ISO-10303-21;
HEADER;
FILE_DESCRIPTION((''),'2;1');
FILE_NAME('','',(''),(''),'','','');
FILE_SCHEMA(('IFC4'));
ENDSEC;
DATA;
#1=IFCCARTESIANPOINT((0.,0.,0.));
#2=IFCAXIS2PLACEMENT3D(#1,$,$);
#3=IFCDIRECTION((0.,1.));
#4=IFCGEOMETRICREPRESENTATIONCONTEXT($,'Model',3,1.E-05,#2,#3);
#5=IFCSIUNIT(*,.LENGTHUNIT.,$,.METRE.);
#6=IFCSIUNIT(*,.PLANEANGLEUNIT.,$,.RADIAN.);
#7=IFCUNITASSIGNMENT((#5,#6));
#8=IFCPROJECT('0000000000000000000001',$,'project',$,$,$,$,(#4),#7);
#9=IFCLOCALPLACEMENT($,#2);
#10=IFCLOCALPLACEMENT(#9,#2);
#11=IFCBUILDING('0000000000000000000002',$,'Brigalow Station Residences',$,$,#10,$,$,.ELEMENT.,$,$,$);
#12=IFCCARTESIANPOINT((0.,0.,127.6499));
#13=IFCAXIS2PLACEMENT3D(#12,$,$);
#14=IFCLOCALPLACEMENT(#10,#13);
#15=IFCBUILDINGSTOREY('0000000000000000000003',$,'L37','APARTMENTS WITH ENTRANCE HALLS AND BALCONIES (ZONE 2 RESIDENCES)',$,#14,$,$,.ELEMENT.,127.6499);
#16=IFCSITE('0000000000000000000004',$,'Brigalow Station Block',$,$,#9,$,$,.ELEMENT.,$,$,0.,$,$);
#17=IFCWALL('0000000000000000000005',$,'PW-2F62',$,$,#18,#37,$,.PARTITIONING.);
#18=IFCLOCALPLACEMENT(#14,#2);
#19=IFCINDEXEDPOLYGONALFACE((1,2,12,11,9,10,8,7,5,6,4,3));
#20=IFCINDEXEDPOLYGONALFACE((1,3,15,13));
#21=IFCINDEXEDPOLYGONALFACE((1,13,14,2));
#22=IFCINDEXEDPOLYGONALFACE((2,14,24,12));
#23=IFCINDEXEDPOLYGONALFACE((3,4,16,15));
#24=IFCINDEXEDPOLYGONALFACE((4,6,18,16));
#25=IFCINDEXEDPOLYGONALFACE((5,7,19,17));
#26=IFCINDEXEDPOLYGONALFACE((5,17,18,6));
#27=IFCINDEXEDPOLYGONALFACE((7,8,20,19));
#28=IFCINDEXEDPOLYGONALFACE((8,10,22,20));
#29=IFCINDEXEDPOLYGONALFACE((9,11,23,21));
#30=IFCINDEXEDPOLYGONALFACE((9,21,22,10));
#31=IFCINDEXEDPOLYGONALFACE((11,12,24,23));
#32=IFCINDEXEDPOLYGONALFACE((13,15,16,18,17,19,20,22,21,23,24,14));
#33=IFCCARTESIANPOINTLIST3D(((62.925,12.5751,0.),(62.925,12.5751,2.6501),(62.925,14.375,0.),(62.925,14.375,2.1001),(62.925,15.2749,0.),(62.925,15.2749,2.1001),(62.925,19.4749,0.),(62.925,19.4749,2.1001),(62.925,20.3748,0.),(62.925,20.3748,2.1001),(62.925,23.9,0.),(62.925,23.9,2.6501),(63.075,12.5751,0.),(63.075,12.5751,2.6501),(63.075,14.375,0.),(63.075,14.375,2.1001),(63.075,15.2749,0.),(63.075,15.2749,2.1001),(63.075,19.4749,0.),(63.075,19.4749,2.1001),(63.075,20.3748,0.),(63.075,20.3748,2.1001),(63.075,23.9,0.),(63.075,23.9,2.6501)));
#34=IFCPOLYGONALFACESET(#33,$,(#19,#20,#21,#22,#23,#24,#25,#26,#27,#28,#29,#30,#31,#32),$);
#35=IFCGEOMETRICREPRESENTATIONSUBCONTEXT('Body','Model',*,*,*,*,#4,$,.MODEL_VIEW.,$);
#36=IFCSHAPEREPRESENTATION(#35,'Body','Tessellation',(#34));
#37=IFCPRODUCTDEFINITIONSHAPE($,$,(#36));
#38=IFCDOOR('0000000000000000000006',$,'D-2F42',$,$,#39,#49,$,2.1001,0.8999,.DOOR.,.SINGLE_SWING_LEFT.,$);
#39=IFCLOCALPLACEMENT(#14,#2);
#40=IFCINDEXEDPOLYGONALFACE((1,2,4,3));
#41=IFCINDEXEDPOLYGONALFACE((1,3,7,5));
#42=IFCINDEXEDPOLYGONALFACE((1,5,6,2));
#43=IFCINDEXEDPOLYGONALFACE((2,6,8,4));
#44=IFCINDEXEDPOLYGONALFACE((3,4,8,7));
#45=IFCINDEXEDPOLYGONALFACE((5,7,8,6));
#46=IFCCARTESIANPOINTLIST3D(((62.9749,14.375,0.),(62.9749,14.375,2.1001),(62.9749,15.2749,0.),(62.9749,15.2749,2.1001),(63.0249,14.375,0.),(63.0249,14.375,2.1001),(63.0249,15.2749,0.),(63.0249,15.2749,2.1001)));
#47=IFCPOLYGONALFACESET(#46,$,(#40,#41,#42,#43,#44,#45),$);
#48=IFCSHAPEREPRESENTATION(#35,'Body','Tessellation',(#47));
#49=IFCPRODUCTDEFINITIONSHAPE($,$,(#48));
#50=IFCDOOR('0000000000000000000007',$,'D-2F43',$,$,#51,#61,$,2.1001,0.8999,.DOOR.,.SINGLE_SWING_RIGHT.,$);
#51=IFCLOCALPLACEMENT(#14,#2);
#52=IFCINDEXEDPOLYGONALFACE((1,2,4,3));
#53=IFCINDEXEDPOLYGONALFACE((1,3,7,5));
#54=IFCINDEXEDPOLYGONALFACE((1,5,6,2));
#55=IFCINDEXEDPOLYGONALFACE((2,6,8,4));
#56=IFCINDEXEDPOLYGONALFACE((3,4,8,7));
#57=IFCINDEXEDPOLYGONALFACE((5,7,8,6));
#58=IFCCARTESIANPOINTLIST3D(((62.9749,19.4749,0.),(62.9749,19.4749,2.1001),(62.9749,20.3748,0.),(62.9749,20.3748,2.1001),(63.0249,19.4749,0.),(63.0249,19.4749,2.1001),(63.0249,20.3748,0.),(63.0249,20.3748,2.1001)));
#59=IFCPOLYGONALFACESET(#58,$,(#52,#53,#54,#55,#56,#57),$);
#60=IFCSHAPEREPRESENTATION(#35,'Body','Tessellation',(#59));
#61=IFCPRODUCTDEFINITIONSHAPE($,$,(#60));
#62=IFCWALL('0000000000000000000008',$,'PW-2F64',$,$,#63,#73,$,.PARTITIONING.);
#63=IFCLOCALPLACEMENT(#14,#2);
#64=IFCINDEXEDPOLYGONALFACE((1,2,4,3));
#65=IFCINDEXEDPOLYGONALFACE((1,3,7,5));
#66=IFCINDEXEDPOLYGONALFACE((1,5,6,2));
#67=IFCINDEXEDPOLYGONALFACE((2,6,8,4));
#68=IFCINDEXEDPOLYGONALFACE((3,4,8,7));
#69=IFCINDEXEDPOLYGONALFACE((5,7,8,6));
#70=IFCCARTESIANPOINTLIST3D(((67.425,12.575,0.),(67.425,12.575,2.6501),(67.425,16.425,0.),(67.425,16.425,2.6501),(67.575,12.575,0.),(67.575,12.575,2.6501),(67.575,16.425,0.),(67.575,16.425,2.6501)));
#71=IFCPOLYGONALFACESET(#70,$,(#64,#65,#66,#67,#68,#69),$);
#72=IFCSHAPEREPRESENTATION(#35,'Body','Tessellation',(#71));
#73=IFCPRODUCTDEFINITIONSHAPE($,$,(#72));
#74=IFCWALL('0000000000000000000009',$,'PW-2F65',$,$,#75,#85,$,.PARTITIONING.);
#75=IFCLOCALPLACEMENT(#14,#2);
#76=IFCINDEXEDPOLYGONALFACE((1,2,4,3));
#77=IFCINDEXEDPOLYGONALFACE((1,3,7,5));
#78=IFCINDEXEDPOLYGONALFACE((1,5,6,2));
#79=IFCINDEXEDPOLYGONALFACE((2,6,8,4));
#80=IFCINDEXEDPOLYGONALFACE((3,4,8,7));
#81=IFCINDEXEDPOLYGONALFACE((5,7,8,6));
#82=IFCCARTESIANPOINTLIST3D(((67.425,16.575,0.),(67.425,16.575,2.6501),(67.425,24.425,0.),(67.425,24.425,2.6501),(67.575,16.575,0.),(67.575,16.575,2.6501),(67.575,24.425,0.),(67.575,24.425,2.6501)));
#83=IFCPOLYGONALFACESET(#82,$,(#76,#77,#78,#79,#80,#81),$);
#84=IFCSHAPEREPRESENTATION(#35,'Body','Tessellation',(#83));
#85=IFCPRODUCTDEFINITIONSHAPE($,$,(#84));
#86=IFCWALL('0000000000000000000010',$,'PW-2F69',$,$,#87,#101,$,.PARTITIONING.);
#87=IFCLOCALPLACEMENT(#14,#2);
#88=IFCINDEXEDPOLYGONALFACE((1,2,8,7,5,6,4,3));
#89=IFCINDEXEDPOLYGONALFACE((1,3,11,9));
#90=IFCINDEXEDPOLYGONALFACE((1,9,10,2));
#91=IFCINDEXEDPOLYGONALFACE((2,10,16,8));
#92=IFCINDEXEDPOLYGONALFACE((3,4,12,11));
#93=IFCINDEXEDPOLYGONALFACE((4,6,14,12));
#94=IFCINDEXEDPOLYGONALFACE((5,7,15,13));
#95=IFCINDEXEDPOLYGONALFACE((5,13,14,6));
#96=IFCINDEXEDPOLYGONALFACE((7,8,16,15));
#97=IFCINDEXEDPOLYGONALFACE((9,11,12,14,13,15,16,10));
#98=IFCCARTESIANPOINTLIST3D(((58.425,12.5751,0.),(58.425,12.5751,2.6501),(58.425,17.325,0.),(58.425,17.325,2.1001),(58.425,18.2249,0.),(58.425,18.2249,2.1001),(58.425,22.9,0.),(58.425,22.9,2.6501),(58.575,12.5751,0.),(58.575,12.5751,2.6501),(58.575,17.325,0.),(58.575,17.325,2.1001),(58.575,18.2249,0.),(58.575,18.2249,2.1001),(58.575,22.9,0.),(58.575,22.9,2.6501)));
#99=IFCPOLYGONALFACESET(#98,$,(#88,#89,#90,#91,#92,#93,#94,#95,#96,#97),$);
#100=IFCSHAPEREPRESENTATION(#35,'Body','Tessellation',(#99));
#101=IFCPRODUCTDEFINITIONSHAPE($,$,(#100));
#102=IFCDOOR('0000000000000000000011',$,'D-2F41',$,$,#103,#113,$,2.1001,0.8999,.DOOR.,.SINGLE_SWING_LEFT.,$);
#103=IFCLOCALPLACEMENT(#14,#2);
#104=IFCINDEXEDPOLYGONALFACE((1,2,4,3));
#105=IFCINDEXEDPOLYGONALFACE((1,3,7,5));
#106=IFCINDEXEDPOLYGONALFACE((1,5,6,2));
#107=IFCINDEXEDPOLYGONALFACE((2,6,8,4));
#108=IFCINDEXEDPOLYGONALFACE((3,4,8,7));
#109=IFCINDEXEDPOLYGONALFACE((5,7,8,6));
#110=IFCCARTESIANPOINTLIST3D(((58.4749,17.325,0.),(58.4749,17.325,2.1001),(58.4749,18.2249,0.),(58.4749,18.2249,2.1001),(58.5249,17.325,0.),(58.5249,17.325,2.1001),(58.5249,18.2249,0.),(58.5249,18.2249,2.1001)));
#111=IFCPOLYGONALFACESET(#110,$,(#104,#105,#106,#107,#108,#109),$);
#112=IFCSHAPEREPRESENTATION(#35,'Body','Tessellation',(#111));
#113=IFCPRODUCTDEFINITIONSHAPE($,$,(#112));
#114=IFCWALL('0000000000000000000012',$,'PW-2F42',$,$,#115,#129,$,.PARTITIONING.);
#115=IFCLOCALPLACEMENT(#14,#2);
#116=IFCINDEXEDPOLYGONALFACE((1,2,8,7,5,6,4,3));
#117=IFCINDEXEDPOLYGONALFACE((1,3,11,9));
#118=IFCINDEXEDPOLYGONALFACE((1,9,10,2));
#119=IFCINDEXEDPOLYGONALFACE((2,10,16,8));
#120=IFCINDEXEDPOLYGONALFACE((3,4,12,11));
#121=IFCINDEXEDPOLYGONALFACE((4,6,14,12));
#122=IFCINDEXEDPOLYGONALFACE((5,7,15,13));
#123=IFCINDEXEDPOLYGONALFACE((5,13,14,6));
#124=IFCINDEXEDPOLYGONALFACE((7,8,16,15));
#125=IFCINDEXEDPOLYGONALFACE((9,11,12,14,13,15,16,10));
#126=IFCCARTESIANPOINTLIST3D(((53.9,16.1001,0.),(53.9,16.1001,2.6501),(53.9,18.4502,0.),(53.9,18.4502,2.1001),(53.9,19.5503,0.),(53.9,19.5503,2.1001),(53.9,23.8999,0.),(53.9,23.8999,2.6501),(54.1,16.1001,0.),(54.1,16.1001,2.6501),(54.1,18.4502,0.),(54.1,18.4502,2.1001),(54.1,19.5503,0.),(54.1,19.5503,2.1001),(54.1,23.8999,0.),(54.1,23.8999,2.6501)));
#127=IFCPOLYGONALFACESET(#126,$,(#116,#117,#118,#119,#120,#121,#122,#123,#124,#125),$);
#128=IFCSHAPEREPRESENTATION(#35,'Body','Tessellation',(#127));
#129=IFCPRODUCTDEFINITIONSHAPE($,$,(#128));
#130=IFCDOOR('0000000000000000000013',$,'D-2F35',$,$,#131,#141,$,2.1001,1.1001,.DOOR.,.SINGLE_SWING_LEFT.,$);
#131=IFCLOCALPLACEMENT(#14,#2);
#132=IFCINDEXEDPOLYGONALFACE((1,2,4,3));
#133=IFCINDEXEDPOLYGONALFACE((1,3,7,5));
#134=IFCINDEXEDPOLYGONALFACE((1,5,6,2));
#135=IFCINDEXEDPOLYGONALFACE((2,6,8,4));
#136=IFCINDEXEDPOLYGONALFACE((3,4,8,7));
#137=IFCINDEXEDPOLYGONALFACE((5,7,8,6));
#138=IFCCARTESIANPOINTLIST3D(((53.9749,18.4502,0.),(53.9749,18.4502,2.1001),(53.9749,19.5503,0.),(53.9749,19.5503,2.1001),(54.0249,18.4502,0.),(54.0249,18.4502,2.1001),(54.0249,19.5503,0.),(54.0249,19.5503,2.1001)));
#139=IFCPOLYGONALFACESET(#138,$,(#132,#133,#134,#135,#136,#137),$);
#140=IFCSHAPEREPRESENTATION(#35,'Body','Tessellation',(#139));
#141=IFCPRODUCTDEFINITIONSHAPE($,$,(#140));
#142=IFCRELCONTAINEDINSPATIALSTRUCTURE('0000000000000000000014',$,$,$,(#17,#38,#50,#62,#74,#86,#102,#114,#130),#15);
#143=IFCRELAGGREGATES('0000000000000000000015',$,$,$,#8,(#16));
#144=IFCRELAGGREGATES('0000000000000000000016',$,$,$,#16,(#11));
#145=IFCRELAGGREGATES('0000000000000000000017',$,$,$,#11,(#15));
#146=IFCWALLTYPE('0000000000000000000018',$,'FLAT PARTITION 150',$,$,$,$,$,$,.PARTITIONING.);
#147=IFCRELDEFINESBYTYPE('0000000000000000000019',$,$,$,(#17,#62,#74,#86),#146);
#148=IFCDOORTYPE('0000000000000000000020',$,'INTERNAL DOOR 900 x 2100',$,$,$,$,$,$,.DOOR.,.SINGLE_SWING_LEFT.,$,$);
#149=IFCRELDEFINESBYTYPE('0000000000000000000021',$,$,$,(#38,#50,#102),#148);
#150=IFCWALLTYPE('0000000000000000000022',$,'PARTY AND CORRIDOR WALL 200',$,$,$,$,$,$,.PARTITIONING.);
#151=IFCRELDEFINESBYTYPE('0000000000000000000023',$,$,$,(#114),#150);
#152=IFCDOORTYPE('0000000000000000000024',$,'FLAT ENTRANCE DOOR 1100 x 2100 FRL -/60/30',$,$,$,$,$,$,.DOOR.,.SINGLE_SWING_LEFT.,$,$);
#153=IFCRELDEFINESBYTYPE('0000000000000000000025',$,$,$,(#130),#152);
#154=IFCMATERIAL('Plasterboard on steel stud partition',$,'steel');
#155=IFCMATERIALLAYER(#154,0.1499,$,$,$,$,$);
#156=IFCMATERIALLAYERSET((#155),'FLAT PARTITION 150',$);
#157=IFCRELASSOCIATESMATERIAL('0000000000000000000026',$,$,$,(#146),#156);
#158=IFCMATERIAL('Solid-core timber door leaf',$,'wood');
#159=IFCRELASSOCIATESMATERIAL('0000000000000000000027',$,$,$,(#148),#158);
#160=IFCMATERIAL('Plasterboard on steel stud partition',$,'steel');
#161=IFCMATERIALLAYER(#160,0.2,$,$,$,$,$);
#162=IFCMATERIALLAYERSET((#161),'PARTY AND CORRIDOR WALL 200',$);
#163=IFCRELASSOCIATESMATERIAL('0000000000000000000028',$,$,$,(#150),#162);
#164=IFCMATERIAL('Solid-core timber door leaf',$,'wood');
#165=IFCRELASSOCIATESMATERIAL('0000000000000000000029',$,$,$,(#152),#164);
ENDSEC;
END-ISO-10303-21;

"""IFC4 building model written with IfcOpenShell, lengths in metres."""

from ifc_helpers import new_model, si_unit, direction, frame, frame_2d, origin, place, context, subcontext, project, spatial, rectangle, extrude, material, layer, layer_set, type_object, element, fill, save


model = new_model("IFC4")

# Units and contexts
model_context = context("Model", 3, precision=1e-05, world=origin(), true_north=direction((0.0, 1.0)))
body_context = subcontext(model_context, "Body", "Model", "MODEL_VIEW")
ifc_project = project(units=[si_unit("LENGTHUNIT", "METRE"), si_unit("PLANEANGLEUNIT", "RADIAN")], contexts=[model_context])

# Site, building, storey
site_placement = place(None, origin())
site = spatial("IfcSite", under=ifc_project, at=site_placement, Name="Brigalow Station Block", CompositionType="ELEMENT", RefElevation=0.0)
building_placement = place(site_placement, origin())
building = spatial("IfcBuilding", under=site, at=building_placement, Name="Brigalow Station Residences", CompositionType="ELEMENT")
storey_placement = place(building_placement, frame((0.0, 0.0, 127.6499)))
storey = spatial("IfcBuildingStorey", under=building, at=storey_placement, Name="L37", Description="APARTMENTS WITH ENTRANCE HALLS AND BALCONIES (ZONE 2 RESIDENCES)", CompositionType="ELEMENT", Elevation=127.6499)

# Shared definitions
ifc_material_1 = material(Name="Plasterboard on steel stud partition", Category="steel")
ifc_layer_1 = layer(ifc_material_1, 0.1499)
ifc_layer_set_1 = layer_set([ifc_layer_1], Name="FLAT PARTITION 150")
wall_type_1 = type_object("IfcWallType", Name="FLAT PARTITION 150", PredefinedType="PARTITIONING", material=ifc_layer_set_1)

# Wall, openings, doors
wall_1_placement = place(storey_placement, frame((63.0, 12.575, 0.0), z_axis=(0.0, 0.0, 1.0), x_axis=(0.0, 1.0, 0.0)))
wall_1 = element("IfcWall", 1, at=wall_1_placement, inside=storey, type_object=wall_type_1, Name="PW-2F62", PredefinedType="PARTITIONING", context=body_context, shape_type="SweptSolid", body=[
    extrude(rectangle(XDim=11.325, YDim=0.1499, at=frame_2d((5.6626, 0.0))), origin(), (0.0, 0.0, 1.0), 2.6501),
])
opening_1_placement = place(wall_1_placement, frame((1.8, 0.0, 0.0)))
opening_1 = element("IfcOpeningElement", 2, at=opening_1_placement, cuts=wall_1, PredefinedType="OPENING", context=body_context, shape_type="SweptSolid", body=[
    extrude(rectangle(XDim=0.8999, YDim=2.1001, at=frame_2d((0.45, 1.05))), frame((0.0, 0.085, 0.0), z_axis=(0.0, -1.0, 0.0), x_axis=(1.0, 0.0, 0.0)), (0.0, 0.0, 1.0), 0.1699),
])
opening_2_placement = place(wall_1_placement, frame((6.8999, 0.0, 0.0)))
opening_2 = element("IfcOpeningElement", 3, at=opening_2_placement, cuts=wall_1, PredefinedType="OPENING", context=body_context, shape_type="SweptSolid", body=[
    extrude(rectangle(XDim=0.8999, YDim=2.1001, at=frame_2d((0.45, 1.05))), frame((0.0, 0.085, 0.0), z_axis=(0.0, -1.0, 0.0), x_axis=(1.0, 0.0, 0.0)), (0.0, 0.0, 1.0), 0.1699),
])
ifc_material_2 = material(Name="Solid-core timber door leaf", Category="wood")
door_type_1 = type_object("IfcDoorType", Name="INTERNAL DOOR 900 x 2100", OperationType="SINGLE_SWING_LEFT", PredefinedType="DOOR", material=ifc_material_2)
door_1_placement = place(opening_1_placement, frame((0.8999, 0.0, 0.0), z_axis=(0.0, 0.0, 1.0), x_axis=(-1.0, 0.0, 0.0)))
door_1 = element("IfcDoor", 4, at=door_1_placement, inside=storey, type_object=door_type_1, Name="D-2F42", OperationType="SINGLE_SWING_LEFT", OverallHeight=2.1001, OverallWidth=0.8999, PredefinedType="DOOR", context=body_context, shape_type="SweptSolid", body=[
    extrude(rectangle(XDim=0.8999, YDim=2.1001, at=frame_2d((0.45, 1.05))), frame((0.0, 0.0249, 0.0), z_axis=(0.0, -1.0, 0.0), x_axis=(1.0, 0.0, 0.0)), (0.0, 0.0, 1.0), 0.05),
])
fill(opening_1, door_1)
door_2_placement = place(opening_2_placement, frame((0.8999, 0.0, 0.0), z_axis=(0.0, 0.0, 1.0), x_axis=(-1.0, 0.0, 0.0)))
door_2 = element("IfcDoor", 5, at=door_2_placement, inside=storey, type_object=door_type_1, Name="D-2F43", OperationType="SINGLE_SWING_RIGHT", OverallHeight=2.1001, OverallWidth=0.8999, PredefinedType="DOOR", context=body_context, shape_type="SweptSolid", body=[
    extrude(rectangle(XDim=0.8999, YDim=2.1001, at=frame_2d((0.45, 1.05))), frame((0.0, 0.0249, 0.0), z_axis=(0.0, -1.0, 0.0), x_axis=(1.0, 0.0, 0.0)), (0.0, 0.0, 1.0), 0.05),
])
fill(opening_2, door_2)

# Walls
wall_2_placement = place(storey_placement, frame((67.5, 12.575, 0.0), z_axis=(0.0, 0.0, 1.0), x_axis=(0.0, 1.0, 0.0)))
element("IfcWall", 6, at=wall_2_placement, inside=storey, type_object=wall_type_1, Name="PW-2F64", PredefinedType="PARTITIONING", context=body_context, shape_type="SweptSolid", body=[
    extrude(rectangle(XDim=3.8501, YDim=0.1499, at=frame_2d((1.925, 0.0))), origin(), (0.0, 0.0, 1.0), 2.6501),
])
wall_3_placement = place(storey_placement, frame((67.5, 16.575, 0.0), z_axis=(0.0, 0.0, 1.0), x_axis=(0.0, 1.0, 0.0)))
element("IfcWall", 7, at=wall_3_placement, inside=storey, type_object=wall_type_1, Name="PW-2F65", PredefinedType="PARTITIONING", context=body_context, shape_type="SweptSolid", body=[
    extrude(rectangle(XDim=7.8501, YDim=0.1499, at=frame_2d((3.925, 0.0))), origin(), (0.0, 0.0, 1.0), 2.6501),
])

# Walls, openings, doors
wall_4_placement = place(storey_placement, frame((58.5, 12.575, 0.0), z_axis=(0.0, 0.0, 1.0), x_axis=(0.0, 1.0, 0.0)))
wall_4 = element("IfcWall", 8, at=wall_4_placement, inside=storey, type_object=wall_type_1, Name="PW-2F69", PredefinedType="PARTITIONING", context=body_context, shape_type="SweptSolid", body=[
    extrude(rectangle(XDim=10.325, YDim=0.1499, at=frame_2d((5.1626, 0.0))), origin(), (0.0, 0.0, 1.0), 2.6501),
])
opening_3_placement = place(wall_4_placement, frame((4.75, 0.0, 0.0)))
opening_3 = element("IfcOpeningElement", 9, at=opening_3_placement, cuts=wall_4, PredefinedType="OPENING", context=body_context, shape_type="SweptSolid", body=[
    extrude(rectangle(XDim=0.8999, YDim=2.1001, at=frame_2d((0.45, 1.05))), frame((0.0, 0.085, 0.0), z_axis=(0.0, -1.0, 0.0), x_axis=(1.0, 0.0, 0.0)), (0.0, 0.0, 1.0), 0.1699),
])
door_3_placement = place(opening_3_placement, frame((0.8999, 0.0, 0.0), z_axis=(0.0, 0.0, 1.0), x_axis=(-1.0, 0.0, 0.0)))
door_3 = element("IfcDoor", 10, at=door_3_placement, inside=storey, type_object=door_type_1, Name="D-2F41", OperationType="SINGLE_SWING_LEFT", OverallHeight=2.1001, OverallWidth=0.8999, PredefinedType="DOOR", context=body_context, shape_type="SweptSolid", body=[
    extrude(rectangle(XDim=0.8999, YDim=2.1001, at=frame_2d((0.45, 1.05))), frame((0.0, 0.0249, 0.0), z_axis=(0.0, -1.0, 0.0), x_axis=(1.0, 0.0, 0.0)), (0.0, 0.0, 1.0), 0.05),
])
fill(opening_3, door_3)
ifc_material_3 = material(Name="Plasterboard on steel stud partition", Category="steel")
ifc_layer_2 = layer(ifc_material_3, 0.2)
ifc_layer_set_2 = layer_set([ifc_layer_2], Name="PARTY AND CORRIDOR WALL 200")
wall_type_2 = type_object("IfcWallType", Name="PARTY AND CORRIDOR WALL 200", PredefinedType="PARTITIONING", material=ifc_layer_set_2)
wall_5_placement = place(storey_placement, frame((54.0, 16.1001, 0.0), z_axis=(0.0, 0.0, 1.0), x_axis=(0.0, 1.0, 0.0)))
wall_5 = element("IfcWall", 11, at=wall_5_placement, inside=storey, type_object=wall_type_2, Name="PW-2F42", PredefinedType="PARTITIONING", context=body_context, shape_type="SweptSolid", body=[
    extrude(rectangle(XDim=7.7998, YDim=0.2, at=frame_2d((3.8999, 0.0))), origin(), (0.0, 0.0, 1.0), 2.6501),
])
opening_4_placement = place(wall_5_placement, frame((2.3501, 0.0, 0.0)))
opening_4 = element("IfcOpeningElement", 12, at=opening_4_placement, cuts=wall_5, PredefinedType="OPENING", context=body_context, shape_type="SweptSolid", body=[
    extrude(rectangle(XDim=1.1001, YDim=2.1001, at=frame_2d((0.55, 1.05))), frame((0.0, 0.1099, 0.0), z_axis=(0.0, -1.0, 0.0), x_axis=(1.0, 0.0, 0.0)), (0.0, 0.0, 1.0), 0.22),
])
ifc_material_4 = material(Name="Solid-core timber door leaf", Category="wood")
door_type_2 = type_object("IfcDoorType", Name="FLAT ENTRANCE DOOR 1100 x 2100 FRL -/60/30", OperationType="SINGLE_SWING_LEFT", PredefinedType="DOOR", material=ifc_material_4)
door_4_placement = place(opening_4_placement, frame((1.1001, 0.0, 0.0), z_axis=(0.0, 0.0, 1.0), x_axis=(-1.0, 0.0, 0.0)))
door_4 = element("IfcDoor", 13, at=door_4_placement, inside=storey, type_object=door_type_2, Name="D-2F35", OperationType="SINGLE_SWING_LEFT", OverallHeight=2.1001, OverallWidth=1.1001, PredefinedType="DOOR", context=body_context, shape_type="SweptSolid", body=[
    extrude(rectangle(XDim=1.1001, YDim=2.1001, at=frame_2d((0.55, 1.05))), frame((0.0, 0.0249, 0.0), z_axis=(0.0, -1.0, 0.0), x_axis=(1.0, 0.0, 0.0)), (0.0, 0.0, 1.0), 0.05),
])
fill(opening_4, door_4)

save(model, "model.ifc")
